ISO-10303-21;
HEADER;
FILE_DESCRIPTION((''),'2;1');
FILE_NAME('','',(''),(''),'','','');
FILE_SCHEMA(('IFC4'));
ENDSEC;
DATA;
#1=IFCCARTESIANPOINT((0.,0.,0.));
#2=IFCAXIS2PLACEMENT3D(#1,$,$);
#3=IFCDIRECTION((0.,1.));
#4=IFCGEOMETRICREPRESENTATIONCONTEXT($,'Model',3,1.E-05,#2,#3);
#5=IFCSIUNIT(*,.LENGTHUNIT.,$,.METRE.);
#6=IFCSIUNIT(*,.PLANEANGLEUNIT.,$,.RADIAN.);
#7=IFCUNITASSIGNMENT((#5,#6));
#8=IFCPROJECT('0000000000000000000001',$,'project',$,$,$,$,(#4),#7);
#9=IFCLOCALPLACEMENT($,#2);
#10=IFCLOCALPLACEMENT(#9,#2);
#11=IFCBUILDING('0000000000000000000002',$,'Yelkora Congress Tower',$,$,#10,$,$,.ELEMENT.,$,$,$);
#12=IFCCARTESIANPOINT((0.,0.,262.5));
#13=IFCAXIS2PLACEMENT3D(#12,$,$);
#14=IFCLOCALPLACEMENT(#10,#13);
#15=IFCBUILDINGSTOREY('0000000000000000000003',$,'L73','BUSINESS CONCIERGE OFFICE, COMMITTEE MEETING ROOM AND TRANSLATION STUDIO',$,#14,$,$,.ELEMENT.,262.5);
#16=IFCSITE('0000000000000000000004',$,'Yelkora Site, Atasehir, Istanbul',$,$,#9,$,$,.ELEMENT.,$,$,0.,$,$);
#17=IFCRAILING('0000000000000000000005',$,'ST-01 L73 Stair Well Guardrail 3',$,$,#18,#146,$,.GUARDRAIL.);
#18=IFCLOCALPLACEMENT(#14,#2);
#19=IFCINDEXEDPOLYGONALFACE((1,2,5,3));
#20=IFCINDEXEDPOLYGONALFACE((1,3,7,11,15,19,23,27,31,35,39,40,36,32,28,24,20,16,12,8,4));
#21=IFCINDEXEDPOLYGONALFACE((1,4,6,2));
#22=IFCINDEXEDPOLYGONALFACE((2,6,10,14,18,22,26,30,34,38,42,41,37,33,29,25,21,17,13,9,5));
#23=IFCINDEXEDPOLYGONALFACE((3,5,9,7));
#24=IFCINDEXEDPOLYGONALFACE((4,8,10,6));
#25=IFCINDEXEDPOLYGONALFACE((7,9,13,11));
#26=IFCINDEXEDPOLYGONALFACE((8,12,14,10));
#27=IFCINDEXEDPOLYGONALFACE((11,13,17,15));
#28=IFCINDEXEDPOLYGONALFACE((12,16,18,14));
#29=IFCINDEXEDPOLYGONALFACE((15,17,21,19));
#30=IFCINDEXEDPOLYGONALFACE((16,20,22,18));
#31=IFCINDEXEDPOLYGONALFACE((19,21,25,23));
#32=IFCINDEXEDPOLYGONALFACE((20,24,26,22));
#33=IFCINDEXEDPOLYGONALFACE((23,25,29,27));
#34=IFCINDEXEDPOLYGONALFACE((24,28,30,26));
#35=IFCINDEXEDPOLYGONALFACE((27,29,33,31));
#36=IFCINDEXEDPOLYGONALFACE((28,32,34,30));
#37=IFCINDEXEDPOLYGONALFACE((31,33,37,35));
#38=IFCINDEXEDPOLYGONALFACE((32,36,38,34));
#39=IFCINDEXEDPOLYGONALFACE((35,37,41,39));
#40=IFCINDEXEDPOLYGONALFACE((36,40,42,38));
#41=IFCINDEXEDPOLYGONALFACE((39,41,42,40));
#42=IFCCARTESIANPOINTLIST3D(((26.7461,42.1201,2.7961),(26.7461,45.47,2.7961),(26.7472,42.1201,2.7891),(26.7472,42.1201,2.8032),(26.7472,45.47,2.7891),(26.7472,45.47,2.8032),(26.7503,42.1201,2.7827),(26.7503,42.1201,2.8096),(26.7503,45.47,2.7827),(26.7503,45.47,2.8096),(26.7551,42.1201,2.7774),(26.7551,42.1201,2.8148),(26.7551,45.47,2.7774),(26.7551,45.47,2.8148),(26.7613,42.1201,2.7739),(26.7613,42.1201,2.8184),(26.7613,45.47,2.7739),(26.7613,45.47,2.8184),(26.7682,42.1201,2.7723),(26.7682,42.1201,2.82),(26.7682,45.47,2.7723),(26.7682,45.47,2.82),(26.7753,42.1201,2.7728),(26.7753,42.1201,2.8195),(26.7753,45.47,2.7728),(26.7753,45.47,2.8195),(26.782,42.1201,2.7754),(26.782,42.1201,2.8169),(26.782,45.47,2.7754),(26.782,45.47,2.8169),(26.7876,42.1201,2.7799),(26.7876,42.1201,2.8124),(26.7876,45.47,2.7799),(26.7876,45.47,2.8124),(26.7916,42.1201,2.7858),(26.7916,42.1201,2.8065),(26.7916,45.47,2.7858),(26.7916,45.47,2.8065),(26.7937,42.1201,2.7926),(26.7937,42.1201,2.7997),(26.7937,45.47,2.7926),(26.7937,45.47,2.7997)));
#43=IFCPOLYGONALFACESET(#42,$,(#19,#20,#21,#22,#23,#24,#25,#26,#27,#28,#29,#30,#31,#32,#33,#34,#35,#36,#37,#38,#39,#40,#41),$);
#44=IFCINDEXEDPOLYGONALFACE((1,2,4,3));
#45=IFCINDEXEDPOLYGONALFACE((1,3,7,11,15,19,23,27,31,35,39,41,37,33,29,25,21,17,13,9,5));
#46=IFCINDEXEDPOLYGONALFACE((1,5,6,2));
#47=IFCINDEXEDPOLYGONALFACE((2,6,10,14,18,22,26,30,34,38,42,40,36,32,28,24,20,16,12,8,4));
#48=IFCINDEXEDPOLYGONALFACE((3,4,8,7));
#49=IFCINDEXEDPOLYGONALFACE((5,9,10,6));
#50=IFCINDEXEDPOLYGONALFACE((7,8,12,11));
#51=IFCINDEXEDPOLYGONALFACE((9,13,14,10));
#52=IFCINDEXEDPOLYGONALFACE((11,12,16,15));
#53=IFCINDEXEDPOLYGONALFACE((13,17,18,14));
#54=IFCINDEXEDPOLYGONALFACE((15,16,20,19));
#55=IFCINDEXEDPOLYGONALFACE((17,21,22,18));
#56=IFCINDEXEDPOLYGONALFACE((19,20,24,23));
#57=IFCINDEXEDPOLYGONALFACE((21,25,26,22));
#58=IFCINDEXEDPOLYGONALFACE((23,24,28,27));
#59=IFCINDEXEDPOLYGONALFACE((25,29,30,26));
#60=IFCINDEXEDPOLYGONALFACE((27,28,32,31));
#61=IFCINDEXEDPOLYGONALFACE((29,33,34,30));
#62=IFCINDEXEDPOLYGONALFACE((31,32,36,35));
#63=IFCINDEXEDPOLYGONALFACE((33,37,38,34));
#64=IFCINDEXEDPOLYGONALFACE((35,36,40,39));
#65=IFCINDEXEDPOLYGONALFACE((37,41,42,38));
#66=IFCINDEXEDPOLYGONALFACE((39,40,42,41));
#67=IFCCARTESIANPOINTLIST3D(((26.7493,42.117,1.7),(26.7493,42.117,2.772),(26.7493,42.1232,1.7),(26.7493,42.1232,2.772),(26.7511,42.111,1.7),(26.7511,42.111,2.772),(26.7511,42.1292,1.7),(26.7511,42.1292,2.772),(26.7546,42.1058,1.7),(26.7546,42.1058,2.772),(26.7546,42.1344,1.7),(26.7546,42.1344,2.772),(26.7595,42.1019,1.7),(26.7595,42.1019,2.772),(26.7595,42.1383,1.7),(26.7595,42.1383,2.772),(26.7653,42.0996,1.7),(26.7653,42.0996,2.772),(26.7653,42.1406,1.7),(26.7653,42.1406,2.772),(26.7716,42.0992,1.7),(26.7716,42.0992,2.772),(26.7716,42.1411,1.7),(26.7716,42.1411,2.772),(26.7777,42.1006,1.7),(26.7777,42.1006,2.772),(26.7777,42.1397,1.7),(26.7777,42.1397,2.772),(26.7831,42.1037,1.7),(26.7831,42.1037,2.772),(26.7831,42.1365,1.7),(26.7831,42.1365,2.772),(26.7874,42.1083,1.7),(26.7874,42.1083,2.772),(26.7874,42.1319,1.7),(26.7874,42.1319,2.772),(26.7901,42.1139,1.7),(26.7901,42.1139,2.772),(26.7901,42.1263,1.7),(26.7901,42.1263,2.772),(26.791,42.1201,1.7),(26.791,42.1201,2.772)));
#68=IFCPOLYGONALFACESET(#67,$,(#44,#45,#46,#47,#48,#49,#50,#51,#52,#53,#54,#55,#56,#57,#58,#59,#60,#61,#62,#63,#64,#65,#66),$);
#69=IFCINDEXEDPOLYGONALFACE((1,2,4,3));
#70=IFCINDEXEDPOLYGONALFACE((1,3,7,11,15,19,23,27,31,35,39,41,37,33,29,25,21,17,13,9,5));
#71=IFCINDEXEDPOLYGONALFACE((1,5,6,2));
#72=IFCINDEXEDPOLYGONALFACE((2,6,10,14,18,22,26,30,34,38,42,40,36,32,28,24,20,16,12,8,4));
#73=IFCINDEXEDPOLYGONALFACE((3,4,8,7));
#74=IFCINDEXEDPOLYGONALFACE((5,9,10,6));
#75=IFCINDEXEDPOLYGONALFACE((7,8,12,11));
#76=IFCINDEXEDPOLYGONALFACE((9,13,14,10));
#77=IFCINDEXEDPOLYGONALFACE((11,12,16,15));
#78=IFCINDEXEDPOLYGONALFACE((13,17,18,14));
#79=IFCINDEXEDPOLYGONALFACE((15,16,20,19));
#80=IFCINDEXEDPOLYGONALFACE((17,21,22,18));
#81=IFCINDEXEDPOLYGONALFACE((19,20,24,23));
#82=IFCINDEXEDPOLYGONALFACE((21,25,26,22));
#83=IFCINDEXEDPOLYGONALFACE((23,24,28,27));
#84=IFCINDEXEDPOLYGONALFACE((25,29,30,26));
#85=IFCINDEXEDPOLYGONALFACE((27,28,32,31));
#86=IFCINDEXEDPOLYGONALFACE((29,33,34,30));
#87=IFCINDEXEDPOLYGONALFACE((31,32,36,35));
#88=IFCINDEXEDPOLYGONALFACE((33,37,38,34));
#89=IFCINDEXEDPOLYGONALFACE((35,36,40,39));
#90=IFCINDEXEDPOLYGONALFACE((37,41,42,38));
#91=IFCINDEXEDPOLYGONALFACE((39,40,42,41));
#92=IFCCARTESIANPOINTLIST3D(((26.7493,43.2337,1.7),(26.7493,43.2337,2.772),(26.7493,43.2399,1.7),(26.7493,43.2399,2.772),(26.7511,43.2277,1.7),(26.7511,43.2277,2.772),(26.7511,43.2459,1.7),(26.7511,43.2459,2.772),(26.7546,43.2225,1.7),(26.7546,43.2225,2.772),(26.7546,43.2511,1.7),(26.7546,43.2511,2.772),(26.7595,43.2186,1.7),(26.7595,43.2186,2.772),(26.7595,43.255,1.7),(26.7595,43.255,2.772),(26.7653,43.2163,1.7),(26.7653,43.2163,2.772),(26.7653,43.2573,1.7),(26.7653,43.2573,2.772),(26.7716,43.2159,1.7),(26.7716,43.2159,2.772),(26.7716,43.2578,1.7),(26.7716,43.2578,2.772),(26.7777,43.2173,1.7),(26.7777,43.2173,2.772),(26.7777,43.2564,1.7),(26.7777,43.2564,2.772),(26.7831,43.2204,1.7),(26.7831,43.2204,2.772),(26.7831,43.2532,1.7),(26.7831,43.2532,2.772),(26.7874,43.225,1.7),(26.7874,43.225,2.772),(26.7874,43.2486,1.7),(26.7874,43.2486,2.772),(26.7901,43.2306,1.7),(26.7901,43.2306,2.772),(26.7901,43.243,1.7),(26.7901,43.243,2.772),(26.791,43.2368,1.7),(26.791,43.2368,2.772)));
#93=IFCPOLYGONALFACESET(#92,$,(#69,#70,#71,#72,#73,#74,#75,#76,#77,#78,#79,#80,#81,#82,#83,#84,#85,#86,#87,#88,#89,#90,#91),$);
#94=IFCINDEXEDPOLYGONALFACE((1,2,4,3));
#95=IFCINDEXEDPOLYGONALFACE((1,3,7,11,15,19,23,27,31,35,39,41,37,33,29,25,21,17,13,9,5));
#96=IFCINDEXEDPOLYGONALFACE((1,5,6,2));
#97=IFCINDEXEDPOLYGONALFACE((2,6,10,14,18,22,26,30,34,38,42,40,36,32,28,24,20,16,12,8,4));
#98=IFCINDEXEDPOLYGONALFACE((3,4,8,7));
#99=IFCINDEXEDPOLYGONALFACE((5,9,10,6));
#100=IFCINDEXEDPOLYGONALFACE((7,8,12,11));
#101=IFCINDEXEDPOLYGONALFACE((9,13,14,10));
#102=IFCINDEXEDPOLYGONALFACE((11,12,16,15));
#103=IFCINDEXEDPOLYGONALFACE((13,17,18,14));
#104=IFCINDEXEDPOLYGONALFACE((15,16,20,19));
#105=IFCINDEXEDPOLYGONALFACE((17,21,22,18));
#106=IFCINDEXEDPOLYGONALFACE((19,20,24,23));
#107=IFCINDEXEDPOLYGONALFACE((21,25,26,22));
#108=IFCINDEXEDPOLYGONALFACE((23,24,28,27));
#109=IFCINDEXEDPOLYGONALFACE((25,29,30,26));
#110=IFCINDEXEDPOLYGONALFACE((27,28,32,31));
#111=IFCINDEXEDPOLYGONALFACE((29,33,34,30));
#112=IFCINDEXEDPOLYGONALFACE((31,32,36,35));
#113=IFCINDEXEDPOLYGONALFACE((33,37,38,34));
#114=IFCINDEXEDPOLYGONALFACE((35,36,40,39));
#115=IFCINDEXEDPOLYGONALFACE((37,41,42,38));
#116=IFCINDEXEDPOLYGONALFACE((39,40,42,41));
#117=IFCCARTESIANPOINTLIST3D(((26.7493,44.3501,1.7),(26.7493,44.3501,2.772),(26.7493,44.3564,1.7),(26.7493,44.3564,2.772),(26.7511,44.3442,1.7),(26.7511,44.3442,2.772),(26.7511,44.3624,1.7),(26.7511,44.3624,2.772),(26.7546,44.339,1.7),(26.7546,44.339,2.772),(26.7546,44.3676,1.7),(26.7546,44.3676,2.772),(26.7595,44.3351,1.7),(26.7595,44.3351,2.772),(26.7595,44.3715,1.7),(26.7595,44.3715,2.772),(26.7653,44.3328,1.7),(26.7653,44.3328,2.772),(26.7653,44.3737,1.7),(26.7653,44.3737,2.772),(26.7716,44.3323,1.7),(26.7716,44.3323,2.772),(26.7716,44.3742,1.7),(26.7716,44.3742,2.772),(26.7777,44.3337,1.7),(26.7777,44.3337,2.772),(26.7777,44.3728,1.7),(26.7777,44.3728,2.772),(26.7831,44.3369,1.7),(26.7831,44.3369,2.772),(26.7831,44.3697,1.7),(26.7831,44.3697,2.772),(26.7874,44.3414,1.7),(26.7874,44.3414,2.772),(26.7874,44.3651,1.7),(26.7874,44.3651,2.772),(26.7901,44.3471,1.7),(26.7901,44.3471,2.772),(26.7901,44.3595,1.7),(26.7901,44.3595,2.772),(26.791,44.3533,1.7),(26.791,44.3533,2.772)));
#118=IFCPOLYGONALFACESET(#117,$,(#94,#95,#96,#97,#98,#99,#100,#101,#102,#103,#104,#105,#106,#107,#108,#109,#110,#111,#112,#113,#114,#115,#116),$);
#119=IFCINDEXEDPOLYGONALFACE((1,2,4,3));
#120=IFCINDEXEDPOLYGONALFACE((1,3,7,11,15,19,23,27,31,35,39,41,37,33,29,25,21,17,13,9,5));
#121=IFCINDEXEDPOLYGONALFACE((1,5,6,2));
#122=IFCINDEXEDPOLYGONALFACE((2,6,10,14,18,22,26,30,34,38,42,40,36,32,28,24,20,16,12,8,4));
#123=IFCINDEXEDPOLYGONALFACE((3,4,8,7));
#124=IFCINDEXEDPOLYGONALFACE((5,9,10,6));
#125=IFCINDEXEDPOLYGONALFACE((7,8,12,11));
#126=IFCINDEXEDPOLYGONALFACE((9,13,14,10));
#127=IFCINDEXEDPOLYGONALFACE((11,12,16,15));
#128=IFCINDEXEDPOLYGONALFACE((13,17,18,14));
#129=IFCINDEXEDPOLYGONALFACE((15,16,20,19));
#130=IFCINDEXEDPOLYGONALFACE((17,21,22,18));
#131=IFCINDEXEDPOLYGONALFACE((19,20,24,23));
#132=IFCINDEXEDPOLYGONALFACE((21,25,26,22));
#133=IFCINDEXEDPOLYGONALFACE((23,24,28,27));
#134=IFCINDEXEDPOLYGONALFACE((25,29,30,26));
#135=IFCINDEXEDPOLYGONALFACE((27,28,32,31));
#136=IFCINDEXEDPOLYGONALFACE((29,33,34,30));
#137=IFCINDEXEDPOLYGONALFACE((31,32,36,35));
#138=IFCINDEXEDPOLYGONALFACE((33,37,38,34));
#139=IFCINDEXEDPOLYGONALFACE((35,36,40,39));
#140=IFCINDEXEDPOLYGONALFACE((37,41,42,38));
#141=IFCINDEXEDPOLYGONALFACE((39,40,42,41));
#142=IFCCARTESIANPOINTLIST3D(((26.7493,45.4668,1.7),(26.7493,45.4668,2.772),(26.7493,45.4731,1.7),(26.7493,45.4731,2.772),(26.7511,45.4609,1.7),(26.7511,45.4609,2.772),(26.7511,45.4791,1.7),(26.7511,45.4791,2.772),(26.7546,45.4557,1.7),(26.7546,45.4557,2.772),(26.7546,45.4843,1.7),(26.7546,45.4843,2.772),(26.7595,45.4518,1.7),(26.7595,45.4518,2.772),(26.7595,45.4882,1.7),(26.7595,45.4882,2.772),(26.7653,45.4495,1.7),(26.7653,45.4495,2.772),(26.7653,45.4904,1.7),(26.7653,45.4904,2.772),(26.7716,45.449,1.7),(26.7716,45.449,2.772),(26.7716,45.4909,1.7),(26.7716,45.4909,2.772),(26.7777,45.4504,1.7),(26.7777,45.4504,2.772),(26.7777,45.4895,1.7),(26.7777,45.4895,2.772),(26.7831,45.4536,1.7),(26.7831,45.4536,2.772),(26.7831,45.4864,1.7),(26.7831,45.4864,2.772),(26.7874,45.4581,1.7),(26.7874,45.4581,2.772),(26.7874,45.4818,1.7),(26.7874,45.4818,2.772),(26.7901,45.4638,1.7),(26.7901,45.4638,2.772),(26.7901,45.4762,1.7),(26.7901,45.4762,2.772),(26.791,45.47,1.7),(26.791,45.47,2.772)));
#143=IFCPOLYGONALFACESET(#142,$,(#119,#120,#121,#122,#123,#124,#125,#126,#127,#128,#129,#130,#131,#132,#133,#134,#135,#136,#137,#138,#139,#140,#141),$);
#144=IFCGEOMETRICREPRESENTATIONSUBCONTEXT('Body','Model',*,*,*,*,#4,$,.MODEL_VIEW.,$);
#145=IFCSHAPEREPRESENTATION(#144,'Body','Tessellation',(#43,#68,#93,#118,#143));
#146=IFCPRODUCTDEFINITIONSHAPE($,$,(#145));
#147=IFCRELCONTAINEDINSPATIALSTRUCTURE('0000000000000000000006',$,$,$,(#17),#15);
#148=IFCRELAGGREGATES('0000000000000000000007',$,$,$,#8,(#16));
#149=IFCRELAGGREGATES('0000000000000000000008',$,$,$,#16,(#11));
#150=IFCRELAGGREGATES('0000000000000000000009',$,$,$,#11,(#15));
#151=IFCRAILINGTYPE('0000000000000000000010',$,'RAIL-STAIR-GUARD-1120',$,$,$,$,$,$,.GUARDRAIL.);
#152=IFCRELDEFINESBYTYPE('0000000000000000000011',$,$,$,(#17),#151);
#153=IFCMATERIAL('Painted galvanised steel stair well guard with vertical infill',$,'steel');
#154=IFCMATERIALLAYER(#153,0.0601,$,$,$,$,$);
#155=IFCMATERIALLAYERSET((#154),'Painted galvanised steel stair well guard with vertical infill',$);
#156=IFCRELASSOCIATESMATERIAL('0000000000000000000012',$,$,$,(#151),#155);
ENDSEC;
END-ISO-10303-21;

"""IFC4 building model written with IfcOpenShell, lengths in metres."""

from ifc_helpers import new_model, si_unit, direction, frame, origin, origin_2d, place, context, subcontext, project, spatial, circle, extrude, material, layer, layer_set, type_object, element, save


model = new_model("IFC4")

# Units and contexts
model_context = context("Model", 3, precision=1e-05, world=origin(), true_north=direction((0.0, 1.0)))
body_context = subcontext(model_context, "Body", "Model", "MODEL_VIEW")
ifc_project = project(units=[si_unit("LENGTHUNIT", "METRE"), si_unit("PLANEANGLEUNIT", "RADIAN")], contexts=[model_context])

# Site, building, storey
site_placement = place(None, origin())
site = spatial("IfcSite", under=ifc_project, at=site_placement, Name="Yelkora Site, Atasehir, Istanbul", CompositionType="ELEMENT", RefElevation=0.0)
building_placement = place(site_placement, origin())
building = spatial("IfcBuilding", under=site, at=building_placement, Name="Yelkora Congress Tower", CompositionType="ELEMENT")
storey_placement = place(building_placement, frame((0.0, 0.0, 262.5)))
storey = spatial("IfcBuildingStorey", under=building, at=storey_placement, Name="L73", Description="BUSINESS CONCIERGE OFFICE, COMMITTEE MEETING ROOM AND TRANSLATION STUDIO", CompositionType="ELEMENT", Elevation=262.5)

# Railing
ifc_material_1 = material(Name="Painted galvanised steel stair well guard with vertical infill", Category="steel")
ifc_layer_1 = layer(ifc_material_1, 0.0601)
ifc_layer_set_1 = layer_set([ifc_layer_1], Name="Painted galvanised steel stair well guard with vertical infill")
railing_type_1 = type_object("IfcRailingType", Name="RAIL-STAIR-GUARD-1120", PredefinedType="GUARDRAIL", material=ifc_layer_set_1)
for number, where, name in (
    (1, (26.77, 42.1201, 1.7), "ST-01 L73 Stair Well Guardrail 3"),
):
    element("IfcRailing", number, at=place(storey_placement, frame(where)), inside=storey, type_object=railing_type_1, Name=name, PredefinedType="GUARDRAIL", context=body_context, shape_type="SweptSolid", body=[
        extrude(circle(Radius=0.0239, at=origin_2d()), frame((0.0, 0.0, 1.0962), z_axis=(0.0, 1.0, 0.0), x_axis=(-1.0, 0.0, 0.0)), (0.0, 0.0, 1.0), 3.3499),
        extrude(circle(Radius=0.021, at=origin_2d()), origin(), (0.0, 0.0, 1.0), 1.072),
        extrude(circle(Radius=0.021, at=origin_2d()), frame((0.0, 1.1167, 0.0)), (0.0, 0.0, 1.0), 1.072),
        extrude(circle(Radius=0.021, at=origin_2d()), frame((0.0, 2.2332, 0.0)), (0.0, 0.0, 1.0), 1.072),
        extrude(circle(Radius=0.021, at=origin_2d()), frame((0.0, 3.3499, 0.0)), (0.0, 0.0, 1.0), 1.072),
    ])

save(model, "model.ifc")
